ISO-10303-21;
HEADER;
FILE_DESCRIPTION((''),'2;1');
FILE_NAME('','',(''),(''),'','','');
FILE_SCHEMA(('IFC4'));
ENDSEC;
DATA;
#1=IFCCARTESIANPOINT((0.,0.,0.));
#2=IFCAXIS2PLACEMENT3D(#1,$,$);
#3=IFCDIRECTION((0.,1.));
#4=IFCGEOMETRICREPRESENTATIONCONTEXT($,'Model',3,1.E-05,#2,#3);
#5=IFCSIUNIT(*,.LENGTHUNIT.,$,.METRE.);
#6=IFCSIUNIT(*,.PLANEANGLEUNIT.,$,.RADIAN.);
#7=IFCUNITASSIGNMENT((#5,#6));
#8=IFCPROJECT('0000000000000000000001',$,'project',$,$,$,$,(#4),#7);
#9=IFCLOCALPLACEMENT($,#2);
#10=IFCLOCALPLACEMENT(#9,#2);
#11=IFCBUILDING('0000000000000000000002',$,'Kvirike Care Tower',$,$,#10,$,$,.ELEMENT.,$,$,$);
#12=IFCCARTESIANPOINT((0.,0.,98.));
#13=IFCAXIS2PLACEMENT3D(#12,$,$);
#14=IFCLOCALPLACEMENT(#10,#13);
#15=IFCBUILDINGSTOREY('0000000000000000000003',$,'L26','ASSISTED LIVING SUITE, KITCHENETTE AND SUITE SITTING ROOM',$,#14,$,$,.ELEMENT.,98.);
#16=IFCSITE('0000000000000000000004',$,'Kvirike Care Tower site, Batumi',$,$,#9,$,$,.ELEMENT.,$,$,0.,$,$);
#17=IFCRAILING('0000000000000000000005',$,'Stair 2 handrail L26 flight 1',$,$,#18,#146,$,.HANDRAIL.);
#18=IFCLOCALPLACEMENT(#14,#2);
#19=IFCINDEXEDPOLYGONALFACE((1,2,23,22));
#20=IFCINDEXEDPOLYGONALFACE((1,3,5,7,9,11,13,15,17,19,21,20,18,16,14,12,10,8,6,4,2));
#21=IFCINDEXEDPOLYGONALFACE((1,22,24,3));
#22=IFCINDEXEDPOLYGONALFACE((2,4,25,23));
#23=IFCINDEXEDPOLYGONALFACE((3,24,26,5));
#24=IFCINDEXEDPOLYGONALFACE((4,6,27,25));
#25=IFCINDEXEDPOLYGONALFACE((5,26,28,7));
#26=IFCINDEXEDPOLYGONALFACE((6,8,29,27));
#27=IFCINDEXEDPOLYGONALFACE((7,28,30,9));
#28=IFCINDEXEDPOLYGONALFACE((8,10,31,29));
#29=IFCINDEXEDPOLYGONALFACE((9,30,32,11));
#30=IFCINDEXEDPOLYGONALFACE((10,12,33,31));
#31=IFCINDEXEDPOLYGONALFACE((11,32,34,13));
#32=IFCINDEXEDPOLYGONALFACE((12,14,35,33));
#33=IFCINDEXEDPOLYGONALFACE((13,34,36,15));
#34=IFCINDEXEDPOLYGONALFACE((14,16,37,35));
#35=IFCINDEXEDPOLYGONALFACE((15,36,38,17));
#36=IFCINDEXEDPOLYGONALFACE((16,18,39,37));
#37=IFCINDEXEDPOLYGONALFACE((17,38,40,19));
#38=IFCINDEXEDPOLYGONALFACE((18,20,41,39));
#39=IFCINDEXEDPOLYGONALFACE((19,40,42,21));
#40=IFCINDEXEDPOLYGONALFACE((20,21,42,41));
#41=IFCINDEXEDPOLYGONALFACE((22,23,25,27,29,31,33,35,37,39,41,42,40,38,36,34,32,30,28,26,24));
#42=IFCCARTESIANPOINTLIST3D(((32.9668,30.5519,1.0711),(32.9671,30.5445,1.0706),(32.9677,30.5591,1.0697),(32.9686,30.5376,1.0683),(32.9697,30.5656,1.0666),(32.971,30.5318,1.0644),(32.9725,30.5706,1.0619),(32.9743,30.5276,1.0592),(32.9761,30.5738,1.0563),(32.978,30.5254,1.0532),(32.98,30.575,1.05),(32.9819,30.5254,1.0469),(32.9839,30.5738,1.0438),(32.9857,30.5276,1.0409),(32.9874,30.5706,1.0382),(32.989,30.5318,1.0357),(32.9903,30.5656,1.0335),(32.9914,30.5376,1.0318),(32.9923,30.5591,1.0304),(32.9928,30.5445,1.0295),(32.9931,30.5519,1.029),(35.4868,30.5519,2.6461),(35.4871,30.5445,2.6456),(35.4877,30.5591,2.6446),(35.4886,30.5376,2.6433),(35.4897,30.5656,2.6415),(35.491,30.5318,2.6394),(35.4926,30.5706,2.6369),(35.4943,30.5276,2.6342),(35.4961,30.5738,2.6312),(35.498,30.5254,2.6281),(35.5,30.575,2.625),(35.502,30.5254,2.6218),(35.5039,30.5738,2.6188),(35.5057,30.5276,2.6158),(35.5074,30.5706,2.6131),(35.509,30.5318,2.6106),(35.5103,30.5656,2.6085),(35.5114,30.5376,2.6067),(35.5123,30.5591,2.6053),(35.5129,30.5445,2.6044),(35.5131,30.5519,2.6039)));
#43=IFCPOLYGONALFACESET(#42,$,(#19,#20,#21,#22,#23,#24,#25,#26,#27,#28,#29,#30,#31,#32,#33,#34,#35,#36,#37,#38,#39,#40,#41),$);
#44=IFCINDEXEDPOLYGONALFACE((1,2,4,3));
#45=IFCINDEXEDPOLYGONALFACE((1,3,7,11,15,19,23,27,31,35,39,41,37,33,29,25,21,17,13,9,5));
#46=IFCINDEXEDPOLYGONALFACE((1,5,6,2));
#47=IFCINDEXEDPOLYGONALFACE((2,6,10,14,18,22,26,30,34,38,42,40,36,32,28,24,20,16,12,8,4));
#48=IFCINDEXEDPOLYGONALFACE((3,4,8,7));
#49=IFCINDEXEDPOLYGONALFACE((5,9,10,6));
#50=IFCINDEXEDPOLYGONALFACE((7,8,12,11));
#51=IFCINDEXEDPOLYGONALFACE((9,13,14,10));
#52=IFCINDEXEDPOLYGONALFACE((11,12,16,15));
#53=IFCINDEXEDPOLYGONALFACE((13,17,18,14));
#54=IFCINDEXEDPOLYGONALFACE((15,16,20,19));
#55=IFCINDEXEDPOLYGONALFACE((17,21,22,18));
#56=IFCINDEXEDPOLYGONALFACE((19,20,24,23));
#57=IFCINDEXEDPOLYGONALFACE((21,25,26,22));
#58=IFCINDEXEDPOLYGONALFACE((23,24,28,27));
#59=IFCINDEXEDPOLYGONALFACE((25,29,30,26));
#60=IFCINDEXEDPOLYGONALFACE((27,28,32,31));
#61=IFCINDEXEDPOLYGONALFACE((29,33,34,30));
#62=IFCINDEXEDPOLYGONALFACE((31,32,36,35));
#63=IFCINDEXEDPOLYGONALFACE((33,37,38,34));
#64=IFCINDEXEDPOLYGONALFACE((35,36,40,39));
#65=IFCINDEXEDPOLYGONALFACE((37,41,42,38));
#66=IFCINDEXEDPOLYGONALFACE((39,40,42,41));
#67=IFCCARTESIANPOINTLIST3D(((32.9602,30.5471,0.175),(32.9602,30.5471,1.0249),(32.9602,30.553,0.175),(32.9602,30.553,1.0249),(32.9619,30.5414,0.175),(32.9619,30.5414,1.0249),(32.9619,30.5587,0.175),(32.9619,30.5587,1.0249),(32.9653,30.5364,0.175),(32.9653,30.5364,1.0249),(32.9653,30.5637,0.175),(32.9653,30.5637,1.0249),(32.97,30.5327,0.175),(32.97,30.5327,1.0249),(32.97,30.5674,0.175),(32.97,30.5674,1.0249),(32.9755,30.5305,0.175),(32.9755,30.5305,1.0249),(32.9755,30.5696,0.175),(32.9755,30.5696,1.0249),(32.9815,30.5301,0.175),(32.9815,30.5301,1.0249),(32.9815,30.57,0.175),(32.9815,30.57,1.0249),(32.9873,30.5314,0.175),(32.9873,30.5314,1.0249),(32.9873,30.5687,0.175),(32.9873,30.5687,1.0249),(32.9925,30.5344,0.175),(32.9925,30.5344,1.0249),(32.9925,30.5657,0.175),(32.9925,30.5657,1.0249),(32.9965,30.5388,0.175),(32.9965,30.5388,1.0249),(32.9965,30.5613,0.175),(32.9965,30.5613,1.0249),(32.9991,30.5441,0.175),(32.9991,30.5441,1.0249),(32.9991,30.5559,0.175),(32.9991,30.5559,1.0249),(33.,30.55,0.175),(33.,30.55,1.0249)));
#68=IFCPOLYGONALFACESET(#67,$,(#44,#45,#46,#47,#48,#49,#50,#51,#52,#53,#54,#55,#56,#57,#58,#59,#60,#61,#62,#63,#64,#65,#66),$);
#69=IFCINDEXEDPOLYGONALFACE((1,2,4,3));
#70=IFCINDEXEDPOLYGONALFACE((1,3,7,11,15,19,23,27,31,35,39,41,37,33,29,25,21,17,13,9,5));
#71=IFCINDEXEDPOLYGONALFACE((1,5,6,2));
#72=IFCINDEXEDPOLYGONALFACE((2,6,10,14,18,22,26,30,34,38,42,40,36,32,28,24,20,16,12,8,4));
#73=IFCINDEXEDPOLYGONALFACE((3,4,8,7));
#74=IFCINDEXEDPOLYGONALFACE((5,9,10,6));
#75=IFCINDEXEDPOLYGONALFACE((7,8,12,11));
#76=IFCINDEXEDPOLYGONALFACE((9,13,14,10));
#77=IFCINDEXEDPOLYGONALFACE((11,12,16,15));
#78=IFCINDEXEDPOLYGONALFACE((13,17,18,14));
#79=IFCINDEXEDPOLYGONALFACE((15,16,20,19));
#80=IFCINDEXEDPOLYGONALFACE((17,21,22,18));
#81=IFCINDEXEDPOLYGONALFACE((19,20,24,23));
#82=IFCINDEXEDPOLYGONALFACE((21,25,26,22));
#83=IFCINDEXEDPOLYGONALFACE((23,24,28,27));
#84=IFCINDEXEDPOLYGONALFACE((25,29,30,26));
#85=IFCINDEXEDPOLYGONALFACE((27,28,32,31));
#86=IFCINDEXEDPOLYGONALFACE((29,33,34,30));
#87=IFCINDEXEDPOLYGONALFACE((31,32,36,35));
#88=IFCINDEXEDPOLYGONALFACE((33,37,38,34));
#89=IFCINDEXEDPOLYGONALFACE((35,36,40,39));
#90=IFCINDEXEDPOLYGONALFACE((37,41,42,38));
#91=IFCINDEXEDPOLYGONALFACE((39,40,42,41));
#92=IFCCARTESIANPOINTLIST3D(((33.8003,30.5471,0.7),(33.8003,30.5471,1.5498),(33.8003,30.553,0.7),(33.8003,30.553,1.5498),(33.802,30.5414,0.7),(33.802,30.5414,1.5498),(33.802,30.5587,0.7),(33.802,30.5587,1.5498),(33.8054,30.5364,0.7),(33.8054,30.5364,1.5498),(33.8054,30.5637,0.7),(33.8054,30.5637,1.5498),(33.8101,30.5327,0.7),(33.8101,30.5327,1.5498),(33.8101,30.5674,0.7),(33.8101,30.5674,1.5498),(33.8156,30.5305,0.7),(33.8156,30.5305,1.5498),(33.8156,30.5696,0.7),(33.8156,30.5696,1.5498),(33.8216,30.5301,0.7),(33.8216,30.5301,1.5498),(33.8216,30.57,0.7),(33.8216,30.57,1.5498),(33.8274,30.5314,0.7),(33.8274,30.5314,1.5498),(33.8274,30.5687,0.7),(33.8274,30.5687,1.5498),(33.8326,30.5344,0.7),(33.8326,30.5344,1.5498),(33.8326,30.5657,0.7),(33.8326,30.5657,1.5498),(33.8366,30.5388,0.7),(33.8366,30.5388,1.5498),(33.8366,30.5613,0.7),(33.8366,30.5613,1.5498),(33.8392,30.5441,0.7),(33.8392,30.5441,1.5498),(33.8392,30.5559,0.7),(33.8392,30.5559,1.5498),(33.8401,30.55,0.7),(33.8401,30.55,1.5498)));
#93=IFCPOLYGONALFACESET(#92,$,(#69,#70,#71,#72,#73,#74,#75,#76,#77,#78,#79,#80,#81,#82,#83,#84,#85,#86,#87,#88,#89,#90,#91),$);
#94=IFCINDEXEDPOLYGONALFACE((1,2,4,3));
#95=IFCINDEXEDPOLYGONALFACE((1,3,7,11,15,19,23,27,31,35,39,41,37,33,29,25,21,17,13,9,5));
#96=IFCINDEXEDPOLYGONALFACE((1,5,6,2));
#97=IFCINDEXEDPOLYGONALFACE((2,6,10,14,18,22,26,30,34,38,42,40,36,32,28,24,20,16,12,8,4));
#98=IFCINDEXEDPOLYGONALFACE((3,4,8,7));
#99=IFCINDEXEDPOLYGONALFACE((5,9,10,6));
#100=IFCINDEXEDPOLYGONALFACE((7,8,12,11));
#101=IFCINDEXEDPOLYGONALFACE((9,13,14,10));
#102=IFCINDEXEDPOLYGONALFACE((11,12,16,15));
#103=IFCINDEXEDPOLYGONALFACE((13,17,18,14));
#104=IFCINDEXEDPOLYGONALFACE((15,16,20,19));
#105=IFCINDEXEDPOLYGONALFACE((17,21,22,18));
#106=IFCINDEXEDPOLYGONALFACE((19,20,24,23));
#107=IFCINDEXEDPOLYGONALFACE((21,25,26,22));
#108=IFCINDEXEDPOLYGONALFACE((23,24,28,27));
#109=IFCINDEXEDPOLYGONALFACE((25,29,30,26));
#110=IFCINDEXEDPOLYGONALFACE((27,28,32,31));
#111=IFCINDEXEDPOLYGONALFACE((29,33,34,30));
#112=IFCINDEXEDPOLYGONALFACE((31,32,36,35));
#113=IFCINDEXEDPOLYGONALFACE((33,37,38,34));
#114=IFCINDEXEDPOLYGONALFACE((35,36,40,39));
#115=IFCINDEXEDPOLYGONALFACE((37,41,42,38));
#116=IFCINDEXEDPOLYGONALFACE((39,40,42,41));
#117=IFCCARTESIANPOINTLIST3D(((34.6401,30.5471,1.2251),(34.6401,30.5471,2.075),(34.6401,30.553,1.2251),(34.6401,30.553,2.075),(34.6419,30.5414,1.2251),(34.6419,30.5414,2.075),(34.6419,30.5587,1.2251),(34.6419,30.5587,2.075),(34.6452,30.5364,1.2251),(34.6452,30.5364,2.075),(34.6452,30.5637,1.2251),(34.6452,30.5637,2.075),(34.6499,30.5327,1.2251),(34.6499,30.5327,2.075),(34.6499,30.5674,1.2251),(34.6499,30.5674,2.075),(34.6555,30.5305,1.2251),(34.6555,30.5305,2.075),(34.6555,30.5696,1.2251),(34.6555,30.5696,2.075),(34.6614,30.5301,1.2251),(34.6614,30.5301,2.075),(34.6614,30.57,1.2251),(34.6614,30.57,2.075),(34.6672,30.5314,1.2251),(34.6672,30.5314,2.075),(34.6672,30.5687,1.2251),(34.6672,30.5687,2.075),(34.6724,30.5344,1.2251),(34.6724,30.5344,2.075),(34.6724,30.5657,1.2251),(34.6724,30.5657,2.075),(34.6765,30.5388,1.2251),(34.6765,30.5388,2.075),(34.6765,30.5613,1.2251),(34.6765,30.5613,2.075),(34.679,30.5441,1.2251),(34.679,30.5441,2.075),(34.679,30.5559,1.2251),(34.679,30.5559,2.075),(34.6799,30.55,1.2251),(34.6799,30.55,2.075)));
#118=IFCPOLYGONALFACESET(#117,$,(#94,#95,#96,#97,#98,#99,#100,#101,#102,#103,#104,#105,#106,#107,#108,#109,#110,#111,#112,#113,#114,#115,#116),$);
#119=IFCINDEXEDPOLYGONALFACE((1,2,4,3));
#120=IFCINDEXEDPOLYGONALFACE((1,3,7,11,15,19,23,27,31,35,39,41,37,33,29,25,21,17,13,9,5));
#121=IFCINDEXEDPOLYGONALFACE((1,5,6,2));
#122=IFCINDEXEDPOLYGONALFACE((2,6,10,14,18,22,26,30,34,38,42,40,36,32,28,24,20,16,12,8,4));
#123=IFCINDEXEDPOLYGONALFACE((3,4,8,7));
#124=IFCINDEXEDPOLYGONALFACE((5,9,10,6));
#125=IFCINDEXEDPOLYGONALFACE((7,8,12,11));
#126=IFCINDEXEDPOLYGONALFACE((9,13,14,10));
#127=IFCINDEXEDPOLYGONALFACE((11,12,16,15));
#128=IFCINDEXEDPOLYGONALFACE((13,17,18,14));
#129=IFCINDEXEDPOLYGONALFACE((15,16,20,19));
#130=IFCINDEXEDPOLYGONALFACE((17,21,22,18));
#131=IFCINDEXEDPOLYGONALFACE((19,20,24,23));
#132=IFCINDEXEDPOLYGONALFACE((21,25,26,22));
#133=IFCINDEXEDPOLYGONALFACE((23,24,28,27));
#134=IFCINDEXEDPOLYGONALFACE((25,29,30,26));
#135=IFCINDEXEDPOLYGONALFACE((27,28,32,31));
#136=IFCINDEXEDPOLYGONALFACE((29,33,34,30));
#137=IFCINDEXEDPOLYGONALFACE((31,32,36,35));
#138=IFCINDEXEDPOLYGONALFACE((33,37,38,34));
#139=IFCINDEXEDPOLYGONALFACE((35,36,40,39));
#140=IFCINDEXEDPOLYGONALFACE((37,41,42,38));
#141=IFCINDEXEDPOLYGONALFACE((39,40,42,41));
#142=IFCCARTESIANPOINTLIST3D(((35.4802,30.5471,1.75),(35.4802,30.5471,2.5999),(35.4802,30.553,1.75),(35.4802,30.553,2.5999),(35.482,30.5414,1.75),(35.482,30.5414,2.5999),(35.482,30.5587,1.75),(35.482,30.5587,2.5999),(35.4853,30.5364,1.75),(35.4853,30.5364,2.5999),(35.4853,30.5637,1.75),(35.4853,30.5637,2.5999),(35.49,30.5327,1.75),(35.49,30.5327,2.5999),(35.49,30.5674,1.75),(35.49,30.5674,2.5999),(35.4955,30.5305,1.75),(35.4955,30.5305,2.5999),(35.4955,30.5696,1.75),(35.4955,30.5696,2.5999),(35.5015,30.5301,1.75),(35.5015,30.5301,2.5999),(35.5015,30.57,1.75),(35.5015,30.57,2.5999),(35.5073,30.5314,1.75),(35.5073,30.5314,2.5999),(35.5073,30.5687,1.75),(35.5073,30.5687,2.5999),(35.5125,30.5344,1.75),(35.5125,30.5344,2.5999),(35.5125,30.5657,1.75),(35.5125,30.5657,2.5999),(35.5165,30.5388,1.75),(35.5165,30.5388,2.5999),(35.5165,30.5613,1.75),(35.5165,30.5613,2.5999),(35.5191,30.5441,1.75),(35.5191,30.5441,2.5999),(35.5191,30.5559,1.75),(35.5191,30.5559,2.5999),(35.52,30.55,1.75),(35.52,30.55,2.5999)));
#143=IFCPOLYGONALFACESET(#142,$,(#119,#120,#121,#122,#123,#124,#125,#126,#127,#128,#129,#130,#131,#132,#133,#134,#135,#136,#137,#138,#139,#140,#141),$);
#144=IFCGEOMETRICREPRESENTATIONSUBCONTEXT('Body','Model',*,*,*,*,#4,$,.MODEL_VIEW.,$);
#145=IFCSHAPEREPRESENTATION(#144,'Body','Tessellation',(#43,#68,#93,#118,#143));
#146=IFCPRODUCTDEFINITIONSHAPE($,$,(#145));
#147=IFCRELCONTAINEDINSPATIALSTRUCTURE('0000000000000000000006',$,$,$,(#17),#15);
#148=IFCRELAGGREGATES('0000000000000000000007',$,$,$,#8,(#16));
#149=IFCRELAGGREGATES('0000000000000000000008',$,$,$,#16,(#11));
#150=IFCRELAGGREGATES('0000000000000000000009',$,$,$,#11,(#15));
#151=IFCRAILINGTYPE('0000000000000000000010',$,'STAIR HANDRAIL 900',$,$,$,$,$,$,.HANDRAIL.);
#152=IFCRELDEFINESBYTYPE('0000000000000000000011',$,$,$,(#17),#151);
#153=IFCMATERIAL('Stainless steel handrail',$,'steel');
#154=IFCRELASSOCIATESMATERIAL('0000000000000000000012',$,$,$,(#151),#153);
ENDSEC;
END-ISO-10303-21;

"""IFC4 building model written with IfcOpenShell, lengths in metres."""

from ifc_helpers import new_model, si_unit, direction, frame, origin, origin_2d, place, context, subcontext, project, spatial, circle, extrude, material, type_object, element, save


model = new_model("IFC4")

# Units and contexts
model_context = context("Model", 3, precision=1e-05, world=origin(), true_north=direction((0.0, 1.0)))
body_context = subcontext(model_context, "Body", "Model", "MODEL_VIEW")
ifc_project = project(units=[si_unit("LENGTHUNIT", "METRE"), si_unit("PLANEANGLEUNIT", "RADIAN")], contexts=[model_context])

# Site, building, storey
site_placement = place(None, origin())
site = spatial("IfcSite", under=ifc_project, at=site_placement, Name="Kvirike Care Tower site, Batumi", CompositionType="ELEMENT", RefElevation=0.0)
building_placement = place(site_placement, origin())
building = spatial("IfcBuilding", under=site, at=building_placement, Name="Kvirike Care Tower", CompositionType="ELEMENT")
storey_placement = place(building_placement, frame((0.0, 0.0, 98.0)))
storey = spatial("IfcBuildingStorey", under=building, at=storey_placement, Name="L26", Description="ASSISTED LIVING SUITE, KITCHENETTE AND SUITE SITTING ROOM", CompositionType="ELEMENT", Elevation=98.0)

# Railing
ifc_material_1 = material(Name="Stainless steel handrail", Category="steel")
railing_type = type_object("IfcRailingType", Name="STAIR HANDRAIL 900", PredefinedType="HANDRAIL", material=ifc_material_1)
railing_1_placement = place(storey_placement, frame((32.98, 30.55, 0.175)))
element("IfcRailing", 1, at=railing_1_placement, inside=storey, type_object=railing_type, Name="Stair 2 handrail L26 flight 1", PredefinedType="HANDRAIL", context=body_context, shape_type="SweptSolid", body=[
    extrude(circle(Radius=0.0249, at=origin_2d()), frame((0.0, 0.0, 0.875), z_axis=(0.848008, 0.0, 0.529984), x_axis=(0.0, 1.0, 0.0)), (0.0, 0.0, 1.0), 2.9717),
    extrude(circle(Radius=0.02, at=origin_2d()), origin(), (0.0, 0.0, 1.0), 0.8499),
    extrude(circle(Radius=0.02, at=origin_2d()), frame((0.8401, 0.0, 0.5249)), (0.0, 0.0, 1.0), 0.8499),
    extrude(circle(Radius=0.02, at=origin_2d()), frame((1.6799, 0.0, 1.05)), (0.0, 0.0, 1.0), 0.8499),
    extrude(circle(Radius=0.02, at=origin_2d()), frame((2.52, 0.0, 1.575)), (0.0, 0.0, 1.0), 0.8499),
])

save(model, "model.ifc")
